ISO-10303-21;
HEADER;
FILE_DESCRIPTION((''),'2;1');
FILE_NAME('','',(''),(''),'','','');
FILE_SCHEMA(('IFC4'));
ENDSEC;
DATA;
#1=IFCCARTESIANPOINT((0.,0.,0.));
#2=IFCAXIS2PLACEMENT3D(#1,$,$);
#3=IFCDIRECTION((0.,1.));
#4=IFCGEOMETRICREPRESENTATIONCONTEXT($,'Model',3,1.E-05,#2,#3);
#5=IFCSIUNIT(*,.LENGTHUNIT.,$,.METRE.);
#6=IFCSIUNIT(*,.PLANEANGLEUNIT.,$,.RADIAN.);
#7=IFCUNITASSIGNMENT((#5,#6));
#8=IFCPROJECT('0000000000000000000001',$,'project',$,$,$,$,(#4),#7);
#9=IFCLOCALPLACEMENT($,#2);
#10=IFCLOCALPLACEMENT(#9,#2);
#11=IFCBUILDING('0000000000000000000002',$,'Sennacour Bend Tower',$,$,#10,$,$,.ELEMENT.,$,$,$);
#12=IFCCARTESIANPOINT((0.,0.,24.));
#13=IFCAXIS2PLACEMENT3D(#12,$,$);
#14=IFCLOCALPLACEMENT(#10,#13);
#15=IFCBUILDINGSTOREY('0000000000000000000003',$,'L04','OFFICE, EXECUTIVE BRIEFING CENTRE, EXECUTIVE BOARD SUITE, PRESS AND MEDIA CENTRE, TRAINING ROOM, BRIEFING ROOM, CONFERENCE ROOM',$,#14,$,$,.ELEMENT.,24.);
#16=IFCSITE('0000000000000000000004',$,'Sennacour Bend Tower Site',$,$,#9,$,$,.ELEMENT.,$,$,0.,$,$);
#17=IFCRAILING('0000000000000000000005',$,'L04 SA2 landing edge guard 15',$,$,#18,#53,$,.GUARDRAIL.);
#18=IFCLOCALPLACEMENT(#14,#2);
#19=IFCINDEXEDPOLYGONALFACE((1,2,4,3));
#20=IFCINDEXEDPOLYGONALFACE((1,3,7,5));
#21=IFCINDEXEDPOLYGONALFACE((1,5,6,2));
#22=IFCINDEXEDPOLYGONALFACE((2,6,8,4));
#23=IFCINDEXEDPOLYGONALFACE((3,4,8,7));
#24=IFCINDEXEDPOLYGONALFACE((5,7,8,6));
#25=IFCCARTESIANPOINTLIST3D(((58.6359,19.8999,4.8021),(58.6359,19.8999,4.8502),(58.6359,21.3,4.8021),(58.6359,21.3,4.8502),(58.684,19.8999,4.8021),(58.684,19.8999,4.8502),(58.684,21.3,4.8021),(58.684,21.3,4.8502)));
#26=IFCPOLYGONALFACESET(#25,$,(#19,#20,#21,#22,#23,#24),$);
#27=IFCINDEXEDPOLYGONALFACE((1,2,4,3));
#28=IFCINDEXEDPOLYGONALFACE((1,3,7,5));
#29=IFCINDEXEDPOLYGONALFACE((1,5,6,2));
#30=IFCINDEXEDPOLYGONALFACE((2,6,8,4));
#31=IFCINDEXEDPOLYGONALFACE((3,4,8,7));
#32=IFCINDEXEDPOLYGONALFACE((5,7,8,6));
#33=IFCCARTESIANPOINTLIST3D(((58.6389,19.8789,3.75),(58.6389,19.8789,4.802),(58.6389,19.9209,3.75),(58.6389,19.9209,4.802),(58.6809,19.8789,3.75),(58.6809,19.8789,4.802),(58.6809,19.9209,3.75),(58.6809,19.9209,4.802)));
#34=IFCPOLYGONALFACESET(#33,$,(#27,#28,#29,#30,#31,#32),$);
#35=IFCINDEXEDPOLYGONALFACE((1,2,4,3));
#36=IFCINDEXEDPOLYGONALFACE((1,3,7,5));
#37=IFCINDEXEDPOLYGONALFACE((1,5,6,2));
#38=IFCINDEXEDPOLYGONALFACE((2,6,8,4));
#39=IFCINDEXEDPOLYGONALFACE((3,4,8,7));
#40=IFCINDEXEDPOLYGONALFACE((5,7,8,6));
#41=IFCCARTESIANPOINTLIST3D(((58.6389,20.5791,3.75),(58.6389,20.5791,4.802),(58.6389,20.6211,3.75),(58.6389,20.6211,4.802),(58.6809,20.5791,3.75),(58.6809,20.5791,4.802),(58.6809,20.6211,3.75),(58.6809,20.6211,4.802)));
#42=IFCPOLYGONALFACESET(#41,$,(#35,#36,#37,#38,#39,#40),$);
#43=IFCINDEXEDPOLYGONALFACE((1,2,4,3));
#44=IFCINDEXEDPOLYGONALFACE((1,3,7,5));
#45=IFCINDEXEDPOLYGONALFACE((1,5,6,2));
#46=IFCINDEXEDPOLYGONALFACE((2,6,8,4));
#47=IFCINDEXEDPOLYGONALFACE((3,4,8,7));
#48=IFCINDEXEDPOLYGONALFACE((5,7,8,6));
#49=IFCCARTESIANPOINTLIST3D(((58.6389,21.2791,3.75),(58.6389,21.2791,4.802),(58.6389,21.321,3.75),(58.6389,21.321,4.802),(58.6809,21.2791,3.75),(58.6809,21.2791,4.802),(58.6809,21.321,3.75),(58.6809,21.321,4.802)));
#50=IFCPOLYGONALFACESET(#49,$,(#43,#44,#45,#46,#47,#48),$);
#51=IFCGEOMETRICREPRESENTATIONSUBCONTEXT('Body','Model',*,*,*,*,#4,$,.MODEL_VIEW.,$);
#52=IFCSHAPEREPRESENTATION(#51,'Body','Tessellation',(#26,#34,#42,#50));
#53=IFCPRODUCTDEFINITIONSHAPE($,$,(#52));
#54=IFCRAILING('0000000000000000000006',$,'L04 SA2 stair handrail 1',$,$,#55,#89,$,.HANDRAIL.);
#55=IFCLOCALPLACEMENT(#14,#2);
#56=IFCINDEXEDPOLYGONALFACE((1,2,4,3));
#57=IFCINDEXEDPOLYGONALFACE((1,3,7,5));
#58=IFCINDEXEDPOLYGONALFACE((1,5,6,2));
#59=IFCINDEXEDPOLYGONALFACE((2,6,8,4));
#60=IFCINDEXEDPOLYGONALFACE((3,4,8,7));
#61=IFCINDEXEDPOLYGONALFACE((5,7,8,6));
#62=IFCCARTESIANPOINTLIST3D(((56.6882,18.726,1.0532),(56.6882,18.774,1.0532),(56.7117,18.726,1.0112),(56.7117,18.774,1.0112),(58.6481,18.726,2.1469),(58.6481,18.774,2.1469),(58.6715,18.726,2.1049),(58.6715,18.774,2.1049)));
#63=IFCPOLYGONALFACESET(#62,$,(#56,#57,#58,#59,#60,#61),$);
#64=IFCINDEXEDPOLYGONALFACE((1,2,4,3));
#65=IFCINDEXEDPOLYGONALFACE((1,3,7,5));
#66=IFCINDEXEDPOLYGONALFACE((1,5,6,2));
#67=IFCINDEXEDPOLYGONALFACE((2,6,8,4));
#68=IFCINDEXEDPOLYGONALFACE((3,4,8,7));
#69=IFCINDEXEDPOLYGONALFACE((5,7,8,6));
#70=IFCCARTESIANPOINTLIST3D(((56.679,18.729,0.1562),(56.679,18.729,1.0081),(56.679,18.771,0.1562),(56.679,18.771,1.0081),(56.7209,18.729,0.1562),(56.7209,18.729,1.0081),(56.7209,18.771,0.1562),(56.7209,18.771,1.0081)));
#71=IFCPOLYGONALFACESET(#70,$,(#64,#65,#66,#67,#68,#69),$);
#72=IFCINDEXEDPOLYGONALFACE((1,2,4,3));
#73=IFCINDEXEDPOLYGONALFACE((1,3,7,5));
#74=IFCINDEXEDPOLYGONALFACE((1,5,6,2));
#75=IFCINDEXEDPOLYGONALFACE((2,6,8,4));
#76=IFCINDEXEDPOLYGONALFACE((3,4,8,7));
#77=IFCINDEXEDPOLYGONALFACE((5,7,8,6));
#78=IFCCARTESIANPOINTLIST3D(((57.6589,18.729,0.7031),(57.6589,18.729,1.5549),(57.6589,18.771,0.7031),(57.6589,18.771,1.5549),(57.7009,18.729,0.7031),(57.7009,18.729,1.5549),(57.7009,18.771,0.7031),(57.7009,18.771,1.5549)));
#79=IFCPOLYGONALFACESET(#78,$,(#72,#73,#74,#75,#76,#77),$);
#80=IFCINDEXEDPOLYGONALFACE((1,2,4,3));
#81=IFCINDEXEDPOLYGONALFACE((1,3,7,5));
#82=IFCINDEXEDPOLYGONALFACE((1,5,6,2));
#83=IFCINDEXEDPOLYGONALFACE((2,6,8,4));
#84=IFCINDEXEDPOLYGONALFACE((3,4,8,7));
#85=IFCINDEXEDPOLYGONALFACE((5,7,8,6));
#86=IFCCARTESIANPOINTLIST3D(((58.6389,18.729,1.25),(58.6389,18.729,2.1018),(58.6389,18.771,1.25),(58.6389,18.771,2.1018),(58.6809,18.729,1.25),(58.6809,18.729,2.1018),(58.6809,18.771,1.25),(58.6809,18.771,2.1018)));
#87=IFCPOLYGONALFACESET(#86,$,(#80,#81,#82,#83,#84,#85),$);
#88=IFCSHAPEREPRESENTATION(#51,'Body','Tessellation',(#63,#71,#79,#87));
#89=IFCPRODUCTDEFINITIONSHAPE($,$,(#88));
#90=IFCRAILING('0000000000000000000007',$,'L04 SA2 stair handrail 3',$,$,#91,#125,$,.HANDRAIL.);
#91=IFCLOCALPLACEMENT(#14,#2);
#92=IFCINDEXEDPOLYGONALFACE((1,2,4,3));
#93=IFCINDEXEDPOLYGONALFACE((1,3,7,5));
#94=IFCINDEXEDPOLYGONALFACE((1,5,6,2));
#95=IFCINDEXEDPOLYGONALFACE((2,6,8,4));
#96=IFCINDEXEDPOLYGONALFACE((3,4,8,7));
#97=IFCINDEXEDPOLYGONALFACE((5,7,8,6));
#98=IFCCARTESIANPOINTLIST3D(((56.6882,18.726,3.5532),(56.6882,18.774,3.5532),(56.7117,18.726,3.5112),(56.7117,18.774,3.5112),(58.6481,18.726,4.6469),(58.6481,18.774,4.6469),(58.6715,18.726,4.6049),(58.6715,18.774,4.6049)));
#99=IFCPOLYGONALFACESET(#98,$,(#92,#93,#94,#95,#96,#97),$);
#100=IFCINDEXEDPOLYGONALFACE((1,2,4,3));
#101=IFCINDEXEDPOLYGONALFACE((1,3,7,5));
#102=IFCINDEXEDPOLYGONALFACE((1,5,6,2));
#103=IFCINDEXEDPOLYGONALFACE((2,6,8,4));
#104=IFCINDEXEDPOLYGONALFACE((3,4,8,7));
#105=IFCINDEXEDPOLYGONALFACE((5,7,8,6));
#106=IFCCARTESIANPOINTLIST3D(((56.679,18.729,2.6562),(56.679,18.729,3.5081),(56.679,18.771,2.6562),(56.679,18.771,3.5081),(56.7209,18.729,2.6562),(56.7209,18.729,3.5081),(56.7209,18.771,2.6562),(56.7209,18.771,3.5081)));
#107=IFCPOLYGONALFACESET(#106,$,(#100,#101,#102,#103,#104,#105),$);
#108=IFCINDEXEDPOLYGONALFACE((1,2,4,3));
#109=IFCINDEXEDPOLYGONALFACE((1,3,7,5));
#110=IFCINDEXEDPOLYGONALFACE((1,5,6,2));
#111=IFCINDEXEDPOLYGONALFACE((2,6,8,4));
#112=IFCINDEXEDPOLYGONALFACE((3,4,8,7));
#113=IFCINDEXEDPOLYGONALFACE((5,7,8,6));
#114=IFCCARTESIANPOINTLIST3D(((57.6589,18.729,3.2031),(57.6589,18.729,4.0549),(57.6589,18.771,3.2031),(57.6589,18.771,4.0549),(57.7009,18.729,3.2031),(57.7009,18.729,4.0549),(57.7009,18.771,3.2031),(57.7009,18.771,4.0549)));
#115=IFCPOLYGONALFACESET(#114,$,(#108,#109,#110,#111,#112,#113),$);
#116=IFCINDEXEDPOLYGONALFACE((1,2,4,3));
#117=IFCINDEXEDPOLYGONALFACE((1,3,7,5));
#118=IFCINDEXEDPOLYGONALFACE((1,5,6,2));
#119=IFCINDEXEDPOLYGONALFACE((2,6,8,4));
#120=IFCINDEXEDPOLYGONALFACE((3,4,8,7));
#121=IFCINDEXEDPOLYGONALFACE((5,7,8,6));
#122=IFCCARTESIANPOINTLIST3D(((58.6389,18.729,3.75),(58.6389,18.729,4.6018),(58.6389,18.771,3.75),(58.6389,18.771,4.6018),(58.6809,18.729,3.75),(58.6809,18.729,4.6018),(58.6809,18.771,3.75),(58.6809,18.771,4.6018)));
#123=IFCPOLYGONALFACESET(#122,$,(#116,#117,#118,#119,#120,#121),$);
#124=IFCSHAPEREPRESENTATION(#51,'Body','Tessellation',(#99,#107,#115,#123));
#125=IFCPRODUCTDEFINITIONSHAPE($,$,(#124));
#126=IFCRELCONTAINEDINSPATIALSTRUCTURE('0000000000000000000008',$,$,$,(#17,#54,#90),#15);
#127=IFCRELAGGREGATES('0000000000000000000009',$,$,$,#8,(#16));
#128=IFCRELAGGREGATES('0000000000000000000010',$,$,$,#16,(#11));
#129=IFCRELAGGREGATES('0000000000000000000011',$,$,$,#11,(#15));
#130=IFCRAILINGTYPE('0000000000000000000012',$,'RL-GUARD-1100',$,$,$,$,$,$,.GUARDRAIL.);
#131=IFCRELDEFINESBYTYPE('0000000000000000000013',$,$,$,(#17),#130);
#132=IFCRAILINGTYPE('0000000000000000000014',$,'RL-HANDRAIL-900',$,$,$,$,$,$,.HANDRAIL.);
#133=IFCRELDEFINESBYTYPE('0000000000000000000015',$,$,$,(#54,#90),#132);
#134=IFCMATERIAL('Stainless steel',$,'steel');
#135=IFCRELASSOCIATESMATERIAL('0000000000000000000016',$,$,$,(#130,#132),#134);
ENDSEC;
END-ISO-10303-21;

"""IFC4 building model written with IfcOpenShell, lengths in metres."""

from ifc_helpers import new_model, si_unit, direction, frame, origin, origin_2d, place, context, subcontext, project, spatial, rectangle, extrude, material, type_object, element, save


model = new_model("IFC4")

# Units and contexts
model_context = context("Model", 3, precision=1e-05, world=origin(), true_north=direction((0.0, 1.0)))
body_context = subcontext(model_context, "Body", "Model", "MODEL_VIEW")
ifc_project = project(units=[si_unit("LENGTHUNIT", "METRE"), si_unit("PLANEANGLEUNIT", "RADIAN")], contexts=[model_context])

# Site, building, storey
site_placement = place(None, origin())
site = spatial("IfcSite", under=ifc_project, at=site_placement, Name="Sennacour Bend Tower Site", CompositionType="ELEMENT", RefElevation=0.0)
building_placement = place(site_placement, origin())
building = spatial("IfcBuilding", under=site, at=building_placement, Name="Sennacour Bend Tower", CompositionType="ELEMENT")
storey_placement = place(building_placement, frame((0.0, 0.0, 24.0)))
storey = spatial("IfcBuildingStorey", under=building, at=storey_placement, Name="L04", Description="OFFICE, EXECUTIVE BRIEFING CENTRE, EXECUTIVE BOARD SUITE, PRESS AND MEDIA CENTRE, TRAINING ROOM, BRIEFING ROOM, CONFERENCE ROOM", CompositionType="ELEMENT", Elevation=24.0)

# Shared definitions
ifc_material_1 = material(Name="Stainless steel", Category="steel")

# Railings
railing_type_1 = type_object("IfcRailingType", Name="RL-GUARD-1100", PredefinedType="GUARDRAIL", material=ifc_material_1)
railing_1_placement = place(storey_placement, frame((58.6599, 19.8999, 3.75)))
element("IfcRailing", 1, at=railing_1_placement, inside=storey, type_object=railing_type_1, Name="L04 SA2 landing edge guard 15", PredefinedType="GUARDRAIL", context=body_context, shape_type="SweptSolid", body=[
    extrude(rectangle(XDim=0.0481, YDim=0.0481, at=origin_2d()), frame((0.0, 0.0, 1.0762), z_axis=(0.0, 1.0, 0.0), x_axis=(-1.0, 0.0, 0.0)), (0.0, 0.0, 1.0), 1.4001),
    extrude(rectangle(XDim=0.042, YDim=0.042, at=origin_2d()), origin(), (0.0, 0.0, 1.0), 1.052),
    extrude(rectangle(XDim=0.042, YDim=0.042, at=origin_2d()), frame((0.0, 0.7002, 0.0)), (0.0, 0.0, 1.0), 1.052),
    extrude(rectangle(XDim=0.042, YDim=0.042, at=origin_2d()), frame((0.0, 1.4001, 0.0)), (0.0, 0.0, 1.0), 1.052),
])
railing_type_2 = type_object("IfcRailingType", Name="RL-HANDRAIL-900", PredefinedType="HANDRAIL", material=ifc_material_1)
for number, where, name in (
    (2, (56.7, 18.75, 0.1562), "L04 SA2 stair handrail 1"),
    (3, (56.7, 18.75, 2.6562), "L04 SA2 stair handrail 3"),
):
    element("IfcRailing", number, at=place(storey_placement, frame(where)), inside=storey, type_object=railing_type_2, Name=name, PredefinedType="HANDRAIL", context=body_context, shape_type="SweptSolid", body=[
        extrude(rectangle(XDim=0.0481, YDim=0.0481, at=origin_2d()), frame((0.0, 0.0, 0.876), z_axis=(0.873232, 0.0, 0.487304), x_axis=(0.0, 1.0, 0.0)), (0.0, 0.0, 1.0), 2.2444),
        extrude(rectangle(XDim=0.042, YDim=0.042, at=origin_2d()), origin(), (0.0, 0.0, 1.0), 0.8518),
        extrude(rectangle(XDim=0.042, YDim=0.042, at=origin_2d()), frame((0.98, 0.0, 0.5469)), (0.0, 0.0, 1.0), 0.8518),
        extrude(rectangle(XDim=0.042, YDim=0.042, at=origin_2d()), frame((1.96, 0.0, 1.0938)), (0.0, 0.0, 1.0), 0.8518),
    ])

save(model, "model.ifc")
